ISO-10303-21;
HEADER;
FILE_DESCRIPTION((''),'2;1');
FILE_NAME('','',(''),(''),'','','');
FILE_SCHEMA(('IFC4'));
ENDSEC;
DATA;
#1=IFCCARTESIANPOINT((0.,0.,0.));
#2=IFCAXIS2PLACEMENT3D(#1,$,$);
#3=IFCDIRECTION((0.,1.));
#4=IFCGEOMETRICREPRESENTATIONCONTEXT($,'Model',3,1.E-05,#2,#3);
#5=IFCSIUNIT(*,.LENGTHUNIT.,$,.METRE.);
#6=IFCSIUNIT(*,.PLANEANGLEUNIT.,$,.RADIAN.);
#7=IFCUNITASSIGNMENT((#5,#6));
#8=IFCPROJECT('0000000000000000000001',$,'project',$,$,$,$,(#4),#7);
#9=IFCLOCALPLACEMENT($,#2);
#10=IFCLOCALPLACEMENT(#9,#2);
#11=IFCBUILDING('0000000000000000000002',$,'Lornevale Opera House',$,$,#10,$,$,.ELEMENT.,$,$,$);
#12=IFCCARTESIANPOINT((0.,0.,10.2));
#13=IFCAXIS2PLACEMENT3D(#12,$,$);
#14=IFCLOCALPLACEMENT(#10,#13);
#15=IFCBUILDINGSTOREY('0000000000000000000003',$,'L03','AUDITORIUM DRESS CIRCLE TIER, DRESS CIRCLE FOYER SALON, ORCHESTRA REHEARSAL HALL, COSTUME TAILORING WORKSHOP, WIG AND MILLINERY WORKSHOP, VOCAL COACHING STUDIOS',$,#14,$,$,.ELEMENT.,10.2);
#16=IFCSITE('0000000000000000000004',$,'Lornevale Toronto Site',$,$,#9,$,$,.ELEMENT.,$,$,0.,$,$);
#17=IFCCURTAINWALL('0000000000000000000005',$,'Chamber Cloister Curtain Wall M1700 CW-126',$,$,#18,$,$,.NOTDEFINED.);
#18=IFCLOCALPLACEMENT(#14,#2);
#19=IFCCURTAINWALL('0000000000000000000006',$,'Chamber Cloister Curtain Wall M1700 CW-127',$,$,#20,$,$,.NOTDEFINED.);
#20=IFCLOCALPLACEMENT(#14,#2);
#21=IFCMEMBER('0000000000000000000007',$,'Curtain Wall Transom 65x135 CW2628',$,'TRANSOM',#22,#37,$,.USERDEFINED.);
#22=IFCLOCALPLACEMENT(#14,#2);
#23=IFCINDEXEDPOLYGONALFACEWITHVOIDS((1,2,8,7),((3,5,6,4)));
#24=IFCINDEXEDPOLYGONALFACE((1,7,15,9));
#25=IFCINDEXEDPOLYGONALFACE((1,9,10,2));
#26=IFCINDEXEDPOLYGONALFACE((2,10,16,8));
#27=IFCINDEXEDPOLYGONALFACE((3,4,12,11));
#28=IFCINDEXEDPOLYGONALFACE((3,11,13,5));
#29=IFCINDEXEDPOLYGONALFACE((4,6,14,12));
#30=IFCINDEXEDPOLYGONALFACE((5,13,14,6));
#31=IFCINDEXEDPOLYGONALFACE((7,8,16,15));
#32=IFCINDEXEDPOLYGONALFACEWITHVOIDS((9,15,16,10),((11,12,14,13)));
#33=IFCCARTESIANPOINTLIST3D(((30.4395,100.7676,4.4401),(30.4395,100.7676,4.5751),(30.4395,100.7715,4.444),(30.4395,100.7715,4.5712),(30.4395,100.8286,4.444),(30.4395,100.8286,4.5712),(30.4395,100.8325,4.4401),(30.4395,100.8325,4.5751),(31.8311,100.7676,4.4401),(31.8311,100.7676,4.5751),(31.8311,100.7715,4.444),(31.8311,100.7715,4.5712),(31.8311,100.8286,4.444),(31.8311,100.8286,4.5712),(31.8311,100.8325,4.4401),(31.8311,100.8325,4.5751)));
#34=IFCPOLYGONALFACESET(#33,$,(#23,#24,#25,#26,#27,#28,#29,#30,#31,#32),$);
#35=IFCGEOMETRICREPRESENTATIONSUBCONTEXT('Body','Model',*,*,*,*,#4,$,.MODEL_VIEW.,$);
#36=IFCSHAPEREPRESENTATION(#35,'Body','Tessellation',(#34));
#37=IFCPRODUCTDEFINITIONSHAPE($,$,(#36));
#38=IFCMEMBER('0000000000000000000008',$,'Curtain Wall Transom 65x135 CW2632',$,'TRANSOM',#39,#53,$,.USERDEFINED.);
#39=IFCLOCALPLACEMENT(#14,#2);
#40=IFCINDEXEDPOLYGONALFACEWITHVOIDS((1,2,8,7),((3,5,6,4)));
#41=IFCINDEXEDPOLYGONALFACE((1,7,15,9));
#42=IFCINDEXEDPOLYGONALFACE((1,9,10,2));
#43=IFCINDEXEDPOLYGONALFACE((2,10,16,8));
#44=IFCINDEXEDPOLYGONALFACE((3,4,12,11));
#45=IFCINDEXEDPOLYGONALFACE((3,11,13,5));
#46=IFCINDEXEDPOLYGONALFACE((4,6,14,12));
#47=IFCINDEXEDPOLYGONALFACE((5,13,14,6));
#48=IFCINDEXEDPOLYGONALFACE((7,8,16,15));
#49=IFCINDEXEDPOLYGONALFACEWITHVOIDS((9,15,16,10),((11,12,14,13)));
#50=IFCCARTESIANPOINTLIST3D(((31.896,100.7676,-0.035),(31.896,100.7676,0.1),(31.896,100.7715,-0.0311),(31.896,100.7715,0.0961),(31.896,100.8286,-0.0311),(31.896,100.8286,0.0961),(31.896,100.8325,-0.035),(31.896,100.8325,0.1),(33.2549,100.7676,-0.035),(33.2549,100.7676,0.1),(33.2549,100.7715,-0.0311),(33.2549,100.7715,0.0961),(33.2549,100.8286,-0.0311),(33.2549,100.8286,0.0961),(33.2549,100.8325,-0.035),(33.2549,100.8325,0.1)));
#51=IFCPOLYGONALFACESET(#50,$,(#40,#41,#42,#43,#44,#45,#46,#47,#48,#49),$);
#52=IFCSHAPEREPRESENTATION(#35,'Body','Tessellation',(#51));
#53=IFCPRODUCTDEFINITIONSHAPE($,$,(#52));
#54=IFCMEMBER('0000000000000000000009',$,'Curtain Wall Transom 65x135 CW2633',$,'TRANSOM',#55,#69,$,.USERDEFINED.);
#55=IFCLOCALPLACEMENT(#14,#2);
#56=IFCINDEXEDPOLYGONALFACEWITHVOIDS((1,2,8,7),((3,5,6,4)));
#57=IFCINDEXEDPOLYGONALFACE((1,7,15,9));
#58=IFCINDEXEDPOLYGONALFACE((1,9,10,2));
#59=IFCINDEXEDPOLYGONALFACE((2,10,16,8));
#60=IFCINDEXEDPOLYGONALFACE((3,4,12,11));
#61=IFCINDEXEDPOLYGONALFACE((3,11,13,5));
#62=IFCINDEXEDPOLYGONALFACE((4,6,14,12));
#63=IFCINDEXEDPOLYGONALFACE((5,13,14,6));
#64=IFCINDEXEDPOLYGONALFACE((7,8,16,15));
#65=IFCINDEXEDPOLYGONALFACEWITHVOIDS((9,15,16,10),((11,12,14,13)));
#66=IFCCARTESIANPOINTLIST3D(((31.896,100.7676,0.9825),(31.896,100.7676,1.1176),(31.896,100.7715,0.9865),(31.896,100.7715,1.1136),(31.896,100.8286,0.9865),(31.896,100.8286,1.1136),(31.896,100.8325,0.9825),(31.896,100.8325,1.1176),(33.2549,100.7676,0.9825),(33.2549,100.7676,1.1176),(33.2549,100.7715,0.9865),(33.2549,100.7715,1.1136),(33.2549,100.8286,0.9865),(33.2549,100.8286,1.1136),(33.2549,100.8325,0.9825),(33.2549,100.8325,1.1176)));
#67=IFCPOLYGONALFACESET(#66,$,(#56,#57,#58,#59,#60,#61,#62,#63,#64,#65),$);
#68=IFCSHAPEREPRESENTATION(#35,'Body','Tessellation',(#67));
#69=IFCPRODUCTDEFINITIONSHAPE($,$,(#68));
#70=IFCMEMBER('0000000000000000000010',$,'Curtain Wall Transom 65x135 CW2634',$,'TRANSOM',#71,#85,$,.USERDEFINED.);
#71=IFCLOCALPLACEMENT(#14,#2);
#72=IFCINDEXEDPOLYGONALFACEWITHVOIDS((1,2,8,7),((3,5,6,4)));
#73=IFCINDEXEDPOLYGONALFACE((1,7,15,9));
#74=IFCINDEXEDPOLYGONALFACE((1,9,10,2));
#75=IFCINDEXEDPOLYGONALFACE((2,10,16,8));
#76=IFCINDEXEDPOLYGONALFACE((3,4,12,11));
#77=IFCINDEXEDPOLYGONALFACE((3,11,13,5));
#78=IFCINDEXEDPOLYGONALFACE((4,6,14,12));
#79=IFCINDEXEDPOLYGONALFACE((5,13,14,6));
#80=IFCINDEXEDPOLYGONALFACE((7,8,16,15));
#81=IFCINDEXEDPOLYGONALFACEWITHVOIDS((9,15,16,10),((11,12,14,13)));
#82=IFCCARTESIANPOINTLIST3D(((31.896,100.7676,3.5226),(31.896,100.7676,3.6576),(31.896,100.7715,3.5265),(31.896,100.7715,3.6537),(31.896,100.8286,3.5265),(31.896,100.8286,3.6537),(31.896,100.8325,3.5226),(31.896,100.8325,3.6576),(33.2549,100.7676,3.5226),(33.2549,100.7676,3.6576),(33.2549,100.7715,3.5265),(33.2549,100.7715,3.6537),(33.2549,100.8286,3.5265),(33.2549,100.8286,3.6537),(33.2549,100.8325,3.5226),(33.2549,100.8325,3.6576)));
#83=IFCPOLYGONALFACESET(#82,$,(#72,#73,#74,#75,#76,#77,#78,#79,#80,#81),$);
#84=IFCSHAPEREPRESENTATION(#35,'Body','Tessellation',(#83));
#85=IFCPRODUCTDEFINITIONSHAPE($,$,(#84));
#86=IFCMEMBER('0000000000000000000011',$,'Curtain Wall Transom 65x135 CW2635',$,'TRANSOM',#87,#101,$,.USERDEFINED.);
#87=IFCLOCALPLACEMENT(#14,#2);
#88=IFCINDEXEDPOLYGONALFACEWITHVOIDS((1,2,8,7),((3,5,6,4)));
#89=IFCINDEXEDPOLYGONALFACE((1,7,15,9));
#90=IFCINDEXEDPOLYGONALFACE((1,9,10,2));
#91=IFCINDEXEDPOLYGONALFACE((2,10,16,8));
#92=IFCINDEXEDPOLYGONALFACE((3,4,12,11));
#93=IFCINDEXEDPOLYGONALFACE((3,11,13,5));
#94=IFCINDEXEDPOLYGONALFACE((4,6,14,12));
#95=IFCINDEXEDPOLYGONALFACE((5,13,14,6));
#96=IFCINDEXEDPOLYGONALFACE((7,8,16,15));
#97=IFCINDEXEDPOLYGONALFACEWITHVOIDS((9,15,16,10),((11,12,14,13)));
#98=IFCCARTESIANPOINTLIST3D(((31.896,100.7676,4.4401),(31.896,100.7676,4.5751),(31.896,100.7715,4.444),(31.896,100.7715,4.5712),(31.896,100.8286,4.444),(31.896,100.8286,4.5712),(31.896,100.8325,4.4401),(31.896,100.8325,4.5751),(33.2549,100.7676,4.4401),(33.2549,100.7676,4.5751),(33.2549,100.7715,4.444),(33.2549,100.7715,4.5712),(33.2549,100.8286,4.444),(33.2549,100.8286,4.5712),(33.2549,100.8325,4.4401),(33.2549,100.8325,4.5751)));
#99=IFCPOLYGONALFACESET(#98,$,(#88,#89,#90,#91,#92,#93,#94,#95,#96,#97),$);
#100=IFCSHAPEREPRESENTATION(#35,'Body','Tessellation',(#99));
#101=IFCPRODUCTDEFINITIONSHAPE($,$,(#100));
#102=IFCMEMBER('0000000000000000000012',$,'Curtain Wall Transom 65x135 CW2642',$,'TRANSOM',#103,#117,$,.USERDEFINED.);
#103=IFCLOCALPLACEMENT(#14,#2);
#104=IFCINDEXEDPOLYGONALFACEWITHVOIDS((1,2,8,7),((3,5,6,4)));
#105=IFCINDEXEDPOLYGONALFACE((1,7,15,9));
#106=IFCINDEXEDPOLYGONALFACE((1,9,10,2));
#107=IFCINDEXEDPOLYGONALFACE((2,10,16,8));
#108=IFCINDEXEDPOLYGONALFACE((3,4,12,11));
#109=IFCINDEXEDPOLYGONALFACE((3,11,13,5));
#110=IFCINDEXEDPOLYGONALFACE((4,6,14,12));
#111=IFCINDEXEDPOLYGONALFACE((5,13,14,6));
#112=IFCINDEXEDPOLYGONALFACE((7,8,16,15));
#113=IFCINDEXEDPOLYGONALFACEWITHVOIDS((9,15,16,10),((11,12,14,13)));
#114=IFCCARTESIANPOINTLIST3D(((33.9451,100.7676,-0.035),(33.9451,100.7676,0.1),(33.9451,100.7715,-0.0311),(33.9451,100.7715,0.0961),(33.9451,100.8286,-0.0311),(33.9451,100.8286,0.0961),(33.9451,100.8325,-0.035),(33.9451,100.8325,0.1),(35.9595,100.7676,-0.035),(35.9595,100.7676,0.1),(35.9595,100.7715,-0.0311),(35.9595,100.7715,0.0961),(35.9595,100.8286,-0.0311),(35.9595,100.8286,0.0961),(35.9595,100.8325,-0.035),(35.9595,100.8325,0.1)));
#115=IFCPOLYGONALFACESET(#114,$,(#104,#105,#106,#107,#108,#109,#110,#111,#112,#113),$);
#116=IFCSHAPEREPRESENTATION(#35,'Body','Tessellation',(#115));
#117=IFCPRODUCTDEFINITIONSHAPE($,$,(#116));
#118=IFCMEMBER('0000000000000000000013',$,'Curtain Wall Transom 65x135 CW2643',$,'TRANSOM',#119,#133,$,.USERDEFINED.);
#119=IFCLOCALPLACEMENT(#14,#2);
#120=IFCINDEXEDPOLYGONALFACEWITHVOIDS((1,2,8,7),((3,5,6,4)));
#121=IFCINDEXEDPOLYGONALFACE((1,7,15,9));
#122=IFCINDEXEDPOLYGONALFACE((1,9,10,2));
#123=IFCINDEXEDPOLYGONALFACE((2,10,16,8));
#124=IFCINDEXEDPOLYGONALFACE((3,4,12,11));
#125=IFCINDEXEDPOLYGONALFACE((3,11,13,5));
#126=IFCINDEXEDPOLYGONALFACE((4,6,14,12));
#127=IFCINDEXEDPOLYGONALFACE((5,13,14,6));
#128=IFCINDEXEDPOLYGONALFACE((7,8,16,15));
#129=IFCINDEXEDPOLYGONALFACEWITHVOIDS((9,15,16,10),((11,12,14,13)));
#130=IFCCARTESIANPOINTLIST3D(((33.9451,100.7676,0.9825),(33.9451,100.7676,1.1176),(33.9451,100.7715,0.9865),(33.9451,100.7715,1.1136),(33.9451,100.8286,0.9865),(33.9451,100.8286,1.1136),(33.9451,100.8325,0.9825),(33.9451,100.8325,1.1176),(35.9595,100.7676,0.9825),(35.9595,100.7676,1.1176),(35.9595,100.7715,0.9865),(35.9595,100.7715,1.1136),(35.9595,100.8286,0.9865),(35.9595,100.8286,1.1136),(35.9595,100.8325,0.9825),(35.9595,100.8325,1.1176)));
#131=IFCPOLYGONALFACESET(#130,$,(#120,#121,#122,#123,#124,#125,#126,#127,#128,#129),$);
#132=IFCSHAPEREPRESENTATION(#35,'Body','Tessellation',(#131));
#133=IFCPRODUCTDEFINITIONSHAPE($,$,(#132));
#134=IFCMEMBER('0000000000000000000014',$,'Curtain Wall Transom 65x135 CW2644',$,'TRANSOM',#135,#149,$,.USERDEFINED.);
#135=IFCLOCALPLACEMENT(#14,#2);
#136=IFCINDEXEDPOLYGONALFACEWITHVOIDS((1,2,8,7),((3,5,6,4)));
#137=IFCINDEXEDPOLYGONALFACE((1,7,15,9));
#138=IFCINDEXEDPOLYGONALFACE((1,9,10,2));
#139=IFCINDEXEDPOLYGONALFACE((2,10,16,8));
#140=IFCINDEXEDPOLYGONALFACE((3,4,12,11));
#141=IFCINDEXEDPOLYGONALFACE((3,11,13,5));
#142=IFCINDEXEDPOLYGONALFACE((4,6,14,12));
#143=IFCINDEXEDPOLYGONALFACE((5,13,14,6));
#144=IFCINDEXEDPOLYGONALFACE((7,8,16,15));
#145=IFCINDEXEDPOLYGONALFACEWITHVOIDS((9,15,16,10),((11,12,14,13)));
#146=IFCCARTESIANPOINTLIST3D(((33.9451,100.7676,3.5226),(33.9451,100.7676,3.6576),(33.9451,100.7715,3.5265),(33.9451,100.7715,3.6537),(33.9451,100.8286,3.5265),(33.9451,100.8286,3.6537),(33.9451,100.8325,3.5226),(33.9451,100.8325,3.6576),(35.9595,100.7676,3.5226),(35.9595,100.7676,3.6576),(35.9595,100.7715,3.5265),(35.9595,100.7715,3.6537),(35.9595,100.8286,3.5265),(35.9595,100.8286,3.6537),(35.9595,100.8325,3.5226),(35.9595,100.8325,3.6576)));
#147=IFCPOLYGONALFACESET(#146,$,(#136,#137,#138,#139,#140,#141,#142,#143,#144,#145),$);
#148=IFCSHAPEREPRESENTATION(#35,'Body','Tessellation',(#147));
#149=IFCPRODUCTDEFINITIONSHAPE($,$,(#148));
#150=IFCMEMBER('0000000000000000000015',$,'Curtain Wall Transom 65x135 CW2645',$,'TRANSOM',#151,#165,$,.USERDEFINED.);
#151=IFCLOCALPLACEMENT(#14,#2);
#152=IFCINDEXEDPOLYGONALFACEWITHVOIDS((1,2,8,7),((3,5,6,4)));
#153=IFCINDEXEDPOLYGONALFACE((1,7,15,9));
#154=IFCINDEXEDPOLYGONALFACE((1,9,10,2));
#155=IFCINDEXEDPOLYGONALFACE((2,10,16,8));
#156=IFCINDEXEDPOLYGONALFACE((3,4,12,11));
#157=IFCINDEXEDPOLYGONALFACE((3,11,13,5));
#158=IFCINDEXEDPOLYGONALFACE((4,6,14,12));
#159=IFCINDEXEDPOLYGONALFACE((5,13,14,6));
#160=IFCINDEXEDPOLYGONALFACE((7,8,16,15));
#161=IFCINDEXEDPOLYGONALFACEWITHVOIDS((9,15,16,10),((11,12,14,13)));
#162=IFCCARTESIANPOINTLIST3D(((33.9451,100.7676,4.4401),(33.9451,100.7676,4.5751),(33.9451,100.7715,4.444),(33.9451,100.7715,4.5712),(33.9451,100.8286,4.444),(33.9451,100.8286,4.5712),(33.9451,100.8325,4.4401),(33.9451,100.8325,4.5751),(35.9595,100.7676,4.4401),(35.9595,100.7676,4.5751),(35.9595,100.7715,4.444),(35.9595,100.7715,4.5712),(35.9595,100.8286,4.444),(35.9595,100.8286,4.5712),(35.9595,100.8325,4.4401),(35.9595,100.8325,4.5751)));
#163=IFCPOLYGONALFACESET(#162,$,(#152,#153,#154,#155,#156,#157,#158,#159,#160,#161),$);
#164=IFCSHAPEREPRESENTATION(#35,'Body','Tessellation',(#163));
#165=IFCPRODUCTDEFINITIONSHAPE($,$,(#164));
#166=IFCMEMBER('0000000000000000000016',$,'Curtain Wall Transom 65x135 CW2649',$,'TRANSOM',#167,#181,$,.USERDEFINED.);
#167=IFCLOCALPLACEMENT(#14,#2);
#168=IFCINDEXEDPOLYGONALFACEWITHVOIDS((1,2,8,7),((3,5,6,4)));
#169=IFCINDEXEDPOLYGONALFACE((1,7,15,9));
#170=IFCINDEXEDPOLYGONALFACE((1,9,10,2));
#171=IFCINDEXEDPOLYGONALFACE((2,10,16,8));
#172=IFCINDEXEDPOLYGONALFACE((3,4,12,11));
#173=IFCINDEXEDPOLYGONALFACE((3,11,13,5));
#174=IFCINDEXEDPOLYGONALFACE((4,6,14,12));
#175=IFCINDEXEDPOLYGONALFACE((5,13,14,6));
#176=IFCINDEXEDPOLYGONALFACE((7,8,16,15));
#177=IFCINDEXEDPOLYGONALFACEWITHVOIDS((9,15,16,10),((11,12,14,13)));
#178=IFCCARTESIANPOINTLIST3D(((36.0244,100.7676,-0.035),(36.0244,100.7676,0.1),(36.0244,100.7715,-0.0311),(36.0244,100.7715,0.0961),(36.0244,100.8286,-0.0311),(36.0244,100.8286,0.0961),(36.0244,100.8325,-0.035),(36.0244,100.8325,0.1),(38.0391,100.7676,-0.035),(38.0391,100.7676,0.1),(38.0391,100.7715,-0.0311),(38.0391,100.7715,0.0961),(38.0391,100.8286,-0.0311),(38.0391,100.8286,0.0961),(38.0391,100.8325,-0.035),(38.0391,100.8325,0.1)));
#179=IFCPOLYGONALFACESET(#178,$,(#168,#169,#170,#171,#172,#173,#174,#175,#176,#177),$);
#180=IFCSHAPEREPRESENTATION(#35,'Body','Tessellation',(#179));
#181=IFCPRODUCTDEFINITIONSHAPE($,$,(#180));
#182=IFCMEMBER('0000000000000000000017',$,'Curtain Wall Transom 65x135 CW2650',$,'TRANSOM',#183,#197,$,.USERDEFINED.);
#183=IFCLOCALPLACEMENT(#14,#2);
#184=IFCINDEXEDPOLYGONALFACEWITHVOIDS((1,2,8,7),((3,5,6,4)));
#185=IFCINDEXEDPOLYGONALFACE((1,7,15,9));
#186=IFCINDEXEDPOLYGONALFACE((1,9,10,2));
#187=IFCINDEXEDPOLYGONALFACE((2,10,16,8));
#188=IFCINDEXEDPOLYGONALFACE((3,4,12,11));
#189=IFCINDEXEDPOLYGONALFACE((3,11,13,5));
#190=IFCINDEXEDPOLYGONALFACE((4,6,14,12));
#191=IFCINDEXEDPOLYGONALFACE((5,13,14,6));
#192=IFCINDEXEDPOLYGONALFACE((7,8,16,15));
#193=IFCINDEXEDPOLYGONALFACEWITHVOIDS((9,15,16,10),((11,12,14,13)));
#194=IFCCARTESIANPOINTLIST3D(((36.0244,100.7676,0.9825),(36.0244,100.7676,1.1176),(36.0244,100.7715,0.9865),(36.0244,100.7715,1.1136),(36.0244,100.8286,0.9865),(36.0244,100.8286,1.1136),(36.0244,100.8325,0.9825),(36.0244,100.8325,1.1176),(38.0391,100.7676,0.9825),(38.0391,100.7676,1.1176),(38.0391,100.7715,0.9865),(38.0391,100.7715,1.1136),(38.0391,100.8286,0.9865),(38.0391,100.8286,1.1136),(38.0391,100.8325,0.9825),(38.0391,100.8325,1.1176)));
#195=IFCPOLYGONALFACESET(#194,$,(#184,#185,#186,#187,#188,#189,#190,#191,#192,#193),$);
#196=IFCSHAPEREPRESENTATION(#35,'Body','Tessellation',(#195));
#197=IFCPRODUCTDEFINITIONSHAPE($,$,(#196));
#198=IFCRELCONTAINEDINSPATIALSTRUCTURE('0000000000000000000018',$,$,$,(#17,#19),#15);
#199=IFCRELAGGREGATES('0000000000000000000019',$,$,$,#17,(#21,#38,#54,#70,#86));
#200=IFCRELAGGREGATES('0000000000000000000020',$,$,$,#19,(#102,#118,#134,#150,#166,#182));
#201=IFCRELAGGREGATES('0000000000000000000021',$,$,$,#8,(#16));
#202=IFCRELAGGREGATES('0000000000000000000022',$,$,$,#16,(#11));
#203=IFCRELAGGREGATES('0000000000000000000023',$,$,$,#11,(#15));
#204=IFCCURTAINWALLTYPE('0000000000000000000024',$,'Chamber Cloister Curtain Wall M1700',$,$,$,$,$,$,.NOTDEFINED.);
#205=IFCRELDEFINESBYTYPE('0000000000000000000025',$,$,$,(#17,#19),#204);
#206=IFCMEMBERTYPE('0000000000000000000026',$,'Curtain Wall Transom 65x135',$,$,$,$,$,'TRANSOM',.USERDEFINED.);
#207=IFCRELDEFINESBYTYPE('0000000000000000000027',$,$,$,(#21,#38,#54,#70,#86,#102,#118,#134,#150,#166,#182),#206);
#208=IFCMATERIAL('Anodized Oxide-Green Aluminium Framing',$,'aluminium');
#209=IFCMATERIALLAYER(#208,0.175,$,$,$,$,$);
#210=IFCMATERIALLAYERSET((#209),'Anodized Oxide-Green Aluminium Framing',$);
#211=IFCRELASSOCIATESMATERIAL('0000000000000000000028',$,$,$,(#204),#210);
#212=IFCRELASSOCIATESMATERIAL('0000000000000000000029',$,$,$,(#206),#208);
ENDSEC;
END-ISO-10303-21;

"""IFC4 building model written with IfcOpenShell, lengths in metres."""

from ifc_helpers import new_model, si_unit, direction, frame, origin, origin_2d, place, context, subcontext, project, spatial, hollow_rectangle, extrude, material, layer, layer_set, material_profile, profile_set, type_object, element, aggregate, save


model = new_model("IFC4")

# Units and contexts
model_context = context("Model", 3, precision=1e-05, world=origin(), true_north=direction((0.0, 1.0)))
body_context = subcontext(model_context, "Body", "Model", "MODEL_VIEW")
ifc_project = project(units=[si_unit("LENGTHUNIT", "METRE"), si_unit("PLANEANGLEUNIT", "RADIAN")], contexts=[model_context])

# Site, building, storey
site_placement = place(None, origin())
site = spatial("IfcSite", under=ifc_project, at=site_placement, Name="Lornevale Toronto Site", CompositionType="ELEMENT", RefElevation=0.0)
building_placement = place(site_placement, origin())
building = spatial("IfcBuilding", under=site, at=building_placement, Name="Lornevale Opera House", CompositionType="ELEMENT")
storey_placement = place(building_placement, frame((0.0, 0.0, 10.2)))
storey = spatial("IfcBuildingStorey", under=building, at=storey_placement, Name="L03", Description="AUDITORIUM DRESS CIRCLE TIER, DRESS CIRCLE FOYER SALON, ORCHESTRA REHEARSAL HALL, COSTUME TAILORING WORKSHOP, WIG AND MILLINERY WORKSHOP, VOCAL COACHING STUDIOS", CompositionType="ELEMENT", Elevation=10.2)

# Curtain walls
ifc_material_1 = material(Name="Anodized Oxide-Green Aluminium Framing", Category="aluminium")
ifc_layer_1 = layer(ifc_material_1, 0.175)
ifc_layer_set_1 = layer_set([ifc_layer_1], Name="Anodized Oxide-Green Aluminium Framing")
curtain_wall_type = type_object("IfcCurtainWallType", Name="Chamber Cloister Curtain Wall M1700", PredefinedType="NOTDEFINED", material=ifc_layer_set_1)
curtain_wall_1_placement = place(storey_placement, origin())
curtain_wall_1 = element("IfcCurtainWall", 1, at=curtain_wall_1_placement, inside=storey, type_object=curtain_wall_type, Name="Chamber Cloister Curtain Wall M1700 CW-126", PredefinedType="NOTDEFINED")
curtain_wall_2_placement = place(storey_placement, origin())
curtain_wall_2 = element("IfcCurtainWall", 2, at=curtain_wall_2_placement, inside=storey, type_object=curtain_wall_type, Name="Chamber Cloister Curtain Wall M1700 CW-127", PredefinedType="NOTDEFINED")

# Members
ifc_material_profile_1 = material_profile(ifc_material_1, hollow_rectangle(XDim=0.0649, YDim=0.135, WallThickness=0.0039, at=origin_2d()), Name="ALU65x135x4")
ifc_profile_set_1 = profile_set([ifc_material_profile_1], Name="Anodized Oxide-Green Aluminium Framing")
member_type_1 = type_object("IfcMemberType", Name="Curtain Wall Transom 65x135", ElementType="TRANSOM", PredefinedType="USERDEFINED", material=ifc_profile_set_1)
member_1_placement = place(storey_placement, frame((30.4395, 100.8, 4.5076), z_axis=(1.0, 0.0, 0.0), x_axis=(0.0, 1.0, 0.0)))
member_1 = element("IfcMember", 3, at=member_1_placement, type_object=member_type_1, Name="Curtain Wall Transom 65x135 CW2628", ObjectType="TRANSOM", PredefinedType="USERDEFINED", context=body_context, shape_type="SweptSolid", body=[
    extrude(hollow_rectangle(XDim=0.0649, YDim=0.135, WallThickness=0.0039, at=origin_2d()), origin(), (0.0, 0.0, 1.0), 1.3916),
])
member_2_placement = place(storey_placement, frame((31.896, 100.8, 0.0325), z_axis=(1.0, 0.0, 0.0), x_axis=(0.0, 1.0, 0.0)))
member_2 = element("IfcMember", 4, at=member_2_placement, type_object=member_type_1, Name="Curtain Wall Transom 65x135 CW2632", ObjectType="TRANSOM", PredefinedType="USERDEFINED", context=body_context, shape_type="SweptSolid", body=[
    extrude(hollow_rectangle(XDim=0.0649, YDim=0.135, WallThickness=0.0039, at=origin_2d()), origin(), (0.0, 0.0, 1.0), 1.3589),
])
member_3_placement = place(storey_placement, frame((31.896, 100.8, 1.05), z_axis=(1.0, 0.0, 0.0), x_axis=(0.0, 1.0, 0.0)))
member_3 = element("IfcMember", 5, at=member_3_placement, type_object=member_type_1, Name="Curtain Wall Transom 65x135 CW2633", ObjectType="TRANSOM", PredefinedType="USERDEFINED", context=body_context, shape_type="SweptSolid", body=[
    extrude(hollow_rectangle(XDim=0.0649, YDim=0.135, WallThickness=0.0039, at=origin_2d()), origin(), (0.0, 0.0, 1.0), 1.3589),
])
member_4_placement = place(storey_placement, frame((31.896, 100.8, 3.5901), z_axis=(1.0, 0.0, 0.0), x_axis=(0.0, 1.0, 0.0)))
member_4 = element("IfcMember", 6, at=member_4_placement, type_object=member_type_1, Name="Curtain Wall Transom 65x135 CW2634", ObjectType="TRANSOM", PredefinedType="USERDEFINED", context=body_context, shape_type="SweptSolid", body=[
    extrude(hollow_rectangle(XDim=0.0649, YDim=0.135, WallThickness=0.0039, at=origin_2d()), origin(), (0.0, 0.0, 1.0), 1.3589),
])
member_5_placement = place(storey_placement, frame((31.896, 100.8, 4.5076), z_axis=(1.0, 0.0, 0.0), x_axis=(0.0, 1.0, 0.0)))
member_5 = element("IfcMember", 7, at=member_5_placement, type_object=member_type_1, Name="Curtain Wall Transom 65x135 CW2635", ObjectType="TRANSOM", PredefinedType="USERDEFINED", context=body_context, shape_type="SweptSolid", body=[
    extrude(hollow_rectangle(XDim=0.0649, YDim=0.135, WallThickness=0.0039, at=origin_2d()), origin(), (0.0, 0.0, 1.0), 1.3589),
])
member_6_placement = place(storey_placement, frame((33.9451, 100.8, 0.0325), z_axis=(1.0, 0.0, 0.0), x_axis=(0.0, 1.0, 0.0)))
member_6 = element("IfcMember", 8, at=member_6_placement, type_object=member_type_1, Name="Curtain Wall Transom 65x135 CW2642", ObjectType="TRANSOM", PredefinedType="USERDEFINED", context=body_context, shape_type="SweptSolid", body=[
    extrude(hollow_rectangle(XDim=0.0649, YDim=0.135, WallThickness=0.0039, at=origin_2d()), origin(), (0.0, 0.0, 1.0), 2.0144),
])
member_7_placement = place(storey_placement, frame((33.9451, 100.8, 1.05), z_axis=(1.0, 0.0, 0.0), x_axis=(0.0, 1.0, 0.0)))
member_7 = element("IfcMember", 9, at=member_7_placement, type_object=member_type_1, Name="Curtain Wall Transom 65x135 CW2643", ObjectType="TRANSOM", PredefinedType="USERDEFINED", context=body_context, shape_type="SweptSolid", body=[
    extrude(hollow_rectangle(XDim=0.0649, YDim=0.135, WallThickness=0.0039, at=origin_2d()), origin(), (0.0, 0.0, 1.0), 2.0144),
])
member_8_placement = place(storey_placement, frame((33.9451, 100.8, 3.5901), z_axis=(1.0, 0.0, 0.0), x_axis=(0.0, 1.0, 0.0)))
member_8 = element("IfcMember", 10, at=member_8_placement, type_object=member_type_1, Name="Curtain Wall Transom 65x135 CW2644", ObjectType="TRANSOM", PredefinedType="USERDEFINED", context=body_context, shape_type="SweptSolid", body=[
    extrude(hollow_rectangle(XDim=0.0649, YDim=0.135, WallThickness=0.0039, at=origin_2d()), origin(), (0.0, 0.0, 1.0), 2.0144),
])
member_9_placement = place(storey_placement, frame((33.9451, 100.8, 4.5076), z_axis=(1.0, 0.0, 0.0), x_axis=(0.0, 1.0, 0.0)))
member_9 = element("IfcMember", 11, at=member_9_placement, type_object=member_type_1, Name="Curtain Wall Transom 65x135 CW2645", ObjectType="TRANSOM", PredefinedType="USERDEFINED", context=body_context, shape_type="SweptSolid", body=[
    extrude(hollow_rectangle(XDim=0.0649, YDim=0.135, WallThickness=0.0039, at=origin_2d()), origin(), (0.0, 0.0, 1.0), 2.0144),
])
member_10_placement = place(storey_placement, frame((36.0244, 100.8, 0.0325), z_axis=(1.0, 0.0, 0.0), x_axis=(0.0, 1.0, 0.0)))
member_10 = element("IfcMember", 12, at=member_10_placement, type_object=member_type_1, Name="Curtain Wall Transom 65x135 CW2649", ObjectType="TRANSOM", PredefinedType="USERDEFINED", context=body_context, shape_type="SweptSolid", body=[
    extrude(hollow_rectangle(XDim=0.0649, YDim=0.135, WallThickness=0.0039, at=origin_2d()), origin(), (0.0, 0.0, 1.0), 2.0146),
])
member_11_placement = place(storey_placement, frame((36.0244, 100.8, 1.05), z_axis=(1.0, 0.0, 0.0), x_axis=(0.0, 1.0, 0.0)))
member_11 = element("IfcMember", 13, at=member_11_placement, type_object=member_type_1, Name="Curtain Wall Transom 65x135 CW2650", ObjectType="TRANSOM", PredefinedType="USERDEFINED", context=body_context, shape_type="SweptSolid", body=[
    extrude(hollow_rectangle(XDim=0.0649, YDim=0.135, WallThickness=0.0039, at=origin_2d()), origin(), (0.0, 0.0, 1.0), 2.0146),
])

aggregate(curtain_wall_1, [member_1, member_2, member_3, member_4, member_5])
aggregate(curtain_wall_2, [member_6, member_7, member_8, member_9, member_10, member_11])

save(model, "model.ifc")
